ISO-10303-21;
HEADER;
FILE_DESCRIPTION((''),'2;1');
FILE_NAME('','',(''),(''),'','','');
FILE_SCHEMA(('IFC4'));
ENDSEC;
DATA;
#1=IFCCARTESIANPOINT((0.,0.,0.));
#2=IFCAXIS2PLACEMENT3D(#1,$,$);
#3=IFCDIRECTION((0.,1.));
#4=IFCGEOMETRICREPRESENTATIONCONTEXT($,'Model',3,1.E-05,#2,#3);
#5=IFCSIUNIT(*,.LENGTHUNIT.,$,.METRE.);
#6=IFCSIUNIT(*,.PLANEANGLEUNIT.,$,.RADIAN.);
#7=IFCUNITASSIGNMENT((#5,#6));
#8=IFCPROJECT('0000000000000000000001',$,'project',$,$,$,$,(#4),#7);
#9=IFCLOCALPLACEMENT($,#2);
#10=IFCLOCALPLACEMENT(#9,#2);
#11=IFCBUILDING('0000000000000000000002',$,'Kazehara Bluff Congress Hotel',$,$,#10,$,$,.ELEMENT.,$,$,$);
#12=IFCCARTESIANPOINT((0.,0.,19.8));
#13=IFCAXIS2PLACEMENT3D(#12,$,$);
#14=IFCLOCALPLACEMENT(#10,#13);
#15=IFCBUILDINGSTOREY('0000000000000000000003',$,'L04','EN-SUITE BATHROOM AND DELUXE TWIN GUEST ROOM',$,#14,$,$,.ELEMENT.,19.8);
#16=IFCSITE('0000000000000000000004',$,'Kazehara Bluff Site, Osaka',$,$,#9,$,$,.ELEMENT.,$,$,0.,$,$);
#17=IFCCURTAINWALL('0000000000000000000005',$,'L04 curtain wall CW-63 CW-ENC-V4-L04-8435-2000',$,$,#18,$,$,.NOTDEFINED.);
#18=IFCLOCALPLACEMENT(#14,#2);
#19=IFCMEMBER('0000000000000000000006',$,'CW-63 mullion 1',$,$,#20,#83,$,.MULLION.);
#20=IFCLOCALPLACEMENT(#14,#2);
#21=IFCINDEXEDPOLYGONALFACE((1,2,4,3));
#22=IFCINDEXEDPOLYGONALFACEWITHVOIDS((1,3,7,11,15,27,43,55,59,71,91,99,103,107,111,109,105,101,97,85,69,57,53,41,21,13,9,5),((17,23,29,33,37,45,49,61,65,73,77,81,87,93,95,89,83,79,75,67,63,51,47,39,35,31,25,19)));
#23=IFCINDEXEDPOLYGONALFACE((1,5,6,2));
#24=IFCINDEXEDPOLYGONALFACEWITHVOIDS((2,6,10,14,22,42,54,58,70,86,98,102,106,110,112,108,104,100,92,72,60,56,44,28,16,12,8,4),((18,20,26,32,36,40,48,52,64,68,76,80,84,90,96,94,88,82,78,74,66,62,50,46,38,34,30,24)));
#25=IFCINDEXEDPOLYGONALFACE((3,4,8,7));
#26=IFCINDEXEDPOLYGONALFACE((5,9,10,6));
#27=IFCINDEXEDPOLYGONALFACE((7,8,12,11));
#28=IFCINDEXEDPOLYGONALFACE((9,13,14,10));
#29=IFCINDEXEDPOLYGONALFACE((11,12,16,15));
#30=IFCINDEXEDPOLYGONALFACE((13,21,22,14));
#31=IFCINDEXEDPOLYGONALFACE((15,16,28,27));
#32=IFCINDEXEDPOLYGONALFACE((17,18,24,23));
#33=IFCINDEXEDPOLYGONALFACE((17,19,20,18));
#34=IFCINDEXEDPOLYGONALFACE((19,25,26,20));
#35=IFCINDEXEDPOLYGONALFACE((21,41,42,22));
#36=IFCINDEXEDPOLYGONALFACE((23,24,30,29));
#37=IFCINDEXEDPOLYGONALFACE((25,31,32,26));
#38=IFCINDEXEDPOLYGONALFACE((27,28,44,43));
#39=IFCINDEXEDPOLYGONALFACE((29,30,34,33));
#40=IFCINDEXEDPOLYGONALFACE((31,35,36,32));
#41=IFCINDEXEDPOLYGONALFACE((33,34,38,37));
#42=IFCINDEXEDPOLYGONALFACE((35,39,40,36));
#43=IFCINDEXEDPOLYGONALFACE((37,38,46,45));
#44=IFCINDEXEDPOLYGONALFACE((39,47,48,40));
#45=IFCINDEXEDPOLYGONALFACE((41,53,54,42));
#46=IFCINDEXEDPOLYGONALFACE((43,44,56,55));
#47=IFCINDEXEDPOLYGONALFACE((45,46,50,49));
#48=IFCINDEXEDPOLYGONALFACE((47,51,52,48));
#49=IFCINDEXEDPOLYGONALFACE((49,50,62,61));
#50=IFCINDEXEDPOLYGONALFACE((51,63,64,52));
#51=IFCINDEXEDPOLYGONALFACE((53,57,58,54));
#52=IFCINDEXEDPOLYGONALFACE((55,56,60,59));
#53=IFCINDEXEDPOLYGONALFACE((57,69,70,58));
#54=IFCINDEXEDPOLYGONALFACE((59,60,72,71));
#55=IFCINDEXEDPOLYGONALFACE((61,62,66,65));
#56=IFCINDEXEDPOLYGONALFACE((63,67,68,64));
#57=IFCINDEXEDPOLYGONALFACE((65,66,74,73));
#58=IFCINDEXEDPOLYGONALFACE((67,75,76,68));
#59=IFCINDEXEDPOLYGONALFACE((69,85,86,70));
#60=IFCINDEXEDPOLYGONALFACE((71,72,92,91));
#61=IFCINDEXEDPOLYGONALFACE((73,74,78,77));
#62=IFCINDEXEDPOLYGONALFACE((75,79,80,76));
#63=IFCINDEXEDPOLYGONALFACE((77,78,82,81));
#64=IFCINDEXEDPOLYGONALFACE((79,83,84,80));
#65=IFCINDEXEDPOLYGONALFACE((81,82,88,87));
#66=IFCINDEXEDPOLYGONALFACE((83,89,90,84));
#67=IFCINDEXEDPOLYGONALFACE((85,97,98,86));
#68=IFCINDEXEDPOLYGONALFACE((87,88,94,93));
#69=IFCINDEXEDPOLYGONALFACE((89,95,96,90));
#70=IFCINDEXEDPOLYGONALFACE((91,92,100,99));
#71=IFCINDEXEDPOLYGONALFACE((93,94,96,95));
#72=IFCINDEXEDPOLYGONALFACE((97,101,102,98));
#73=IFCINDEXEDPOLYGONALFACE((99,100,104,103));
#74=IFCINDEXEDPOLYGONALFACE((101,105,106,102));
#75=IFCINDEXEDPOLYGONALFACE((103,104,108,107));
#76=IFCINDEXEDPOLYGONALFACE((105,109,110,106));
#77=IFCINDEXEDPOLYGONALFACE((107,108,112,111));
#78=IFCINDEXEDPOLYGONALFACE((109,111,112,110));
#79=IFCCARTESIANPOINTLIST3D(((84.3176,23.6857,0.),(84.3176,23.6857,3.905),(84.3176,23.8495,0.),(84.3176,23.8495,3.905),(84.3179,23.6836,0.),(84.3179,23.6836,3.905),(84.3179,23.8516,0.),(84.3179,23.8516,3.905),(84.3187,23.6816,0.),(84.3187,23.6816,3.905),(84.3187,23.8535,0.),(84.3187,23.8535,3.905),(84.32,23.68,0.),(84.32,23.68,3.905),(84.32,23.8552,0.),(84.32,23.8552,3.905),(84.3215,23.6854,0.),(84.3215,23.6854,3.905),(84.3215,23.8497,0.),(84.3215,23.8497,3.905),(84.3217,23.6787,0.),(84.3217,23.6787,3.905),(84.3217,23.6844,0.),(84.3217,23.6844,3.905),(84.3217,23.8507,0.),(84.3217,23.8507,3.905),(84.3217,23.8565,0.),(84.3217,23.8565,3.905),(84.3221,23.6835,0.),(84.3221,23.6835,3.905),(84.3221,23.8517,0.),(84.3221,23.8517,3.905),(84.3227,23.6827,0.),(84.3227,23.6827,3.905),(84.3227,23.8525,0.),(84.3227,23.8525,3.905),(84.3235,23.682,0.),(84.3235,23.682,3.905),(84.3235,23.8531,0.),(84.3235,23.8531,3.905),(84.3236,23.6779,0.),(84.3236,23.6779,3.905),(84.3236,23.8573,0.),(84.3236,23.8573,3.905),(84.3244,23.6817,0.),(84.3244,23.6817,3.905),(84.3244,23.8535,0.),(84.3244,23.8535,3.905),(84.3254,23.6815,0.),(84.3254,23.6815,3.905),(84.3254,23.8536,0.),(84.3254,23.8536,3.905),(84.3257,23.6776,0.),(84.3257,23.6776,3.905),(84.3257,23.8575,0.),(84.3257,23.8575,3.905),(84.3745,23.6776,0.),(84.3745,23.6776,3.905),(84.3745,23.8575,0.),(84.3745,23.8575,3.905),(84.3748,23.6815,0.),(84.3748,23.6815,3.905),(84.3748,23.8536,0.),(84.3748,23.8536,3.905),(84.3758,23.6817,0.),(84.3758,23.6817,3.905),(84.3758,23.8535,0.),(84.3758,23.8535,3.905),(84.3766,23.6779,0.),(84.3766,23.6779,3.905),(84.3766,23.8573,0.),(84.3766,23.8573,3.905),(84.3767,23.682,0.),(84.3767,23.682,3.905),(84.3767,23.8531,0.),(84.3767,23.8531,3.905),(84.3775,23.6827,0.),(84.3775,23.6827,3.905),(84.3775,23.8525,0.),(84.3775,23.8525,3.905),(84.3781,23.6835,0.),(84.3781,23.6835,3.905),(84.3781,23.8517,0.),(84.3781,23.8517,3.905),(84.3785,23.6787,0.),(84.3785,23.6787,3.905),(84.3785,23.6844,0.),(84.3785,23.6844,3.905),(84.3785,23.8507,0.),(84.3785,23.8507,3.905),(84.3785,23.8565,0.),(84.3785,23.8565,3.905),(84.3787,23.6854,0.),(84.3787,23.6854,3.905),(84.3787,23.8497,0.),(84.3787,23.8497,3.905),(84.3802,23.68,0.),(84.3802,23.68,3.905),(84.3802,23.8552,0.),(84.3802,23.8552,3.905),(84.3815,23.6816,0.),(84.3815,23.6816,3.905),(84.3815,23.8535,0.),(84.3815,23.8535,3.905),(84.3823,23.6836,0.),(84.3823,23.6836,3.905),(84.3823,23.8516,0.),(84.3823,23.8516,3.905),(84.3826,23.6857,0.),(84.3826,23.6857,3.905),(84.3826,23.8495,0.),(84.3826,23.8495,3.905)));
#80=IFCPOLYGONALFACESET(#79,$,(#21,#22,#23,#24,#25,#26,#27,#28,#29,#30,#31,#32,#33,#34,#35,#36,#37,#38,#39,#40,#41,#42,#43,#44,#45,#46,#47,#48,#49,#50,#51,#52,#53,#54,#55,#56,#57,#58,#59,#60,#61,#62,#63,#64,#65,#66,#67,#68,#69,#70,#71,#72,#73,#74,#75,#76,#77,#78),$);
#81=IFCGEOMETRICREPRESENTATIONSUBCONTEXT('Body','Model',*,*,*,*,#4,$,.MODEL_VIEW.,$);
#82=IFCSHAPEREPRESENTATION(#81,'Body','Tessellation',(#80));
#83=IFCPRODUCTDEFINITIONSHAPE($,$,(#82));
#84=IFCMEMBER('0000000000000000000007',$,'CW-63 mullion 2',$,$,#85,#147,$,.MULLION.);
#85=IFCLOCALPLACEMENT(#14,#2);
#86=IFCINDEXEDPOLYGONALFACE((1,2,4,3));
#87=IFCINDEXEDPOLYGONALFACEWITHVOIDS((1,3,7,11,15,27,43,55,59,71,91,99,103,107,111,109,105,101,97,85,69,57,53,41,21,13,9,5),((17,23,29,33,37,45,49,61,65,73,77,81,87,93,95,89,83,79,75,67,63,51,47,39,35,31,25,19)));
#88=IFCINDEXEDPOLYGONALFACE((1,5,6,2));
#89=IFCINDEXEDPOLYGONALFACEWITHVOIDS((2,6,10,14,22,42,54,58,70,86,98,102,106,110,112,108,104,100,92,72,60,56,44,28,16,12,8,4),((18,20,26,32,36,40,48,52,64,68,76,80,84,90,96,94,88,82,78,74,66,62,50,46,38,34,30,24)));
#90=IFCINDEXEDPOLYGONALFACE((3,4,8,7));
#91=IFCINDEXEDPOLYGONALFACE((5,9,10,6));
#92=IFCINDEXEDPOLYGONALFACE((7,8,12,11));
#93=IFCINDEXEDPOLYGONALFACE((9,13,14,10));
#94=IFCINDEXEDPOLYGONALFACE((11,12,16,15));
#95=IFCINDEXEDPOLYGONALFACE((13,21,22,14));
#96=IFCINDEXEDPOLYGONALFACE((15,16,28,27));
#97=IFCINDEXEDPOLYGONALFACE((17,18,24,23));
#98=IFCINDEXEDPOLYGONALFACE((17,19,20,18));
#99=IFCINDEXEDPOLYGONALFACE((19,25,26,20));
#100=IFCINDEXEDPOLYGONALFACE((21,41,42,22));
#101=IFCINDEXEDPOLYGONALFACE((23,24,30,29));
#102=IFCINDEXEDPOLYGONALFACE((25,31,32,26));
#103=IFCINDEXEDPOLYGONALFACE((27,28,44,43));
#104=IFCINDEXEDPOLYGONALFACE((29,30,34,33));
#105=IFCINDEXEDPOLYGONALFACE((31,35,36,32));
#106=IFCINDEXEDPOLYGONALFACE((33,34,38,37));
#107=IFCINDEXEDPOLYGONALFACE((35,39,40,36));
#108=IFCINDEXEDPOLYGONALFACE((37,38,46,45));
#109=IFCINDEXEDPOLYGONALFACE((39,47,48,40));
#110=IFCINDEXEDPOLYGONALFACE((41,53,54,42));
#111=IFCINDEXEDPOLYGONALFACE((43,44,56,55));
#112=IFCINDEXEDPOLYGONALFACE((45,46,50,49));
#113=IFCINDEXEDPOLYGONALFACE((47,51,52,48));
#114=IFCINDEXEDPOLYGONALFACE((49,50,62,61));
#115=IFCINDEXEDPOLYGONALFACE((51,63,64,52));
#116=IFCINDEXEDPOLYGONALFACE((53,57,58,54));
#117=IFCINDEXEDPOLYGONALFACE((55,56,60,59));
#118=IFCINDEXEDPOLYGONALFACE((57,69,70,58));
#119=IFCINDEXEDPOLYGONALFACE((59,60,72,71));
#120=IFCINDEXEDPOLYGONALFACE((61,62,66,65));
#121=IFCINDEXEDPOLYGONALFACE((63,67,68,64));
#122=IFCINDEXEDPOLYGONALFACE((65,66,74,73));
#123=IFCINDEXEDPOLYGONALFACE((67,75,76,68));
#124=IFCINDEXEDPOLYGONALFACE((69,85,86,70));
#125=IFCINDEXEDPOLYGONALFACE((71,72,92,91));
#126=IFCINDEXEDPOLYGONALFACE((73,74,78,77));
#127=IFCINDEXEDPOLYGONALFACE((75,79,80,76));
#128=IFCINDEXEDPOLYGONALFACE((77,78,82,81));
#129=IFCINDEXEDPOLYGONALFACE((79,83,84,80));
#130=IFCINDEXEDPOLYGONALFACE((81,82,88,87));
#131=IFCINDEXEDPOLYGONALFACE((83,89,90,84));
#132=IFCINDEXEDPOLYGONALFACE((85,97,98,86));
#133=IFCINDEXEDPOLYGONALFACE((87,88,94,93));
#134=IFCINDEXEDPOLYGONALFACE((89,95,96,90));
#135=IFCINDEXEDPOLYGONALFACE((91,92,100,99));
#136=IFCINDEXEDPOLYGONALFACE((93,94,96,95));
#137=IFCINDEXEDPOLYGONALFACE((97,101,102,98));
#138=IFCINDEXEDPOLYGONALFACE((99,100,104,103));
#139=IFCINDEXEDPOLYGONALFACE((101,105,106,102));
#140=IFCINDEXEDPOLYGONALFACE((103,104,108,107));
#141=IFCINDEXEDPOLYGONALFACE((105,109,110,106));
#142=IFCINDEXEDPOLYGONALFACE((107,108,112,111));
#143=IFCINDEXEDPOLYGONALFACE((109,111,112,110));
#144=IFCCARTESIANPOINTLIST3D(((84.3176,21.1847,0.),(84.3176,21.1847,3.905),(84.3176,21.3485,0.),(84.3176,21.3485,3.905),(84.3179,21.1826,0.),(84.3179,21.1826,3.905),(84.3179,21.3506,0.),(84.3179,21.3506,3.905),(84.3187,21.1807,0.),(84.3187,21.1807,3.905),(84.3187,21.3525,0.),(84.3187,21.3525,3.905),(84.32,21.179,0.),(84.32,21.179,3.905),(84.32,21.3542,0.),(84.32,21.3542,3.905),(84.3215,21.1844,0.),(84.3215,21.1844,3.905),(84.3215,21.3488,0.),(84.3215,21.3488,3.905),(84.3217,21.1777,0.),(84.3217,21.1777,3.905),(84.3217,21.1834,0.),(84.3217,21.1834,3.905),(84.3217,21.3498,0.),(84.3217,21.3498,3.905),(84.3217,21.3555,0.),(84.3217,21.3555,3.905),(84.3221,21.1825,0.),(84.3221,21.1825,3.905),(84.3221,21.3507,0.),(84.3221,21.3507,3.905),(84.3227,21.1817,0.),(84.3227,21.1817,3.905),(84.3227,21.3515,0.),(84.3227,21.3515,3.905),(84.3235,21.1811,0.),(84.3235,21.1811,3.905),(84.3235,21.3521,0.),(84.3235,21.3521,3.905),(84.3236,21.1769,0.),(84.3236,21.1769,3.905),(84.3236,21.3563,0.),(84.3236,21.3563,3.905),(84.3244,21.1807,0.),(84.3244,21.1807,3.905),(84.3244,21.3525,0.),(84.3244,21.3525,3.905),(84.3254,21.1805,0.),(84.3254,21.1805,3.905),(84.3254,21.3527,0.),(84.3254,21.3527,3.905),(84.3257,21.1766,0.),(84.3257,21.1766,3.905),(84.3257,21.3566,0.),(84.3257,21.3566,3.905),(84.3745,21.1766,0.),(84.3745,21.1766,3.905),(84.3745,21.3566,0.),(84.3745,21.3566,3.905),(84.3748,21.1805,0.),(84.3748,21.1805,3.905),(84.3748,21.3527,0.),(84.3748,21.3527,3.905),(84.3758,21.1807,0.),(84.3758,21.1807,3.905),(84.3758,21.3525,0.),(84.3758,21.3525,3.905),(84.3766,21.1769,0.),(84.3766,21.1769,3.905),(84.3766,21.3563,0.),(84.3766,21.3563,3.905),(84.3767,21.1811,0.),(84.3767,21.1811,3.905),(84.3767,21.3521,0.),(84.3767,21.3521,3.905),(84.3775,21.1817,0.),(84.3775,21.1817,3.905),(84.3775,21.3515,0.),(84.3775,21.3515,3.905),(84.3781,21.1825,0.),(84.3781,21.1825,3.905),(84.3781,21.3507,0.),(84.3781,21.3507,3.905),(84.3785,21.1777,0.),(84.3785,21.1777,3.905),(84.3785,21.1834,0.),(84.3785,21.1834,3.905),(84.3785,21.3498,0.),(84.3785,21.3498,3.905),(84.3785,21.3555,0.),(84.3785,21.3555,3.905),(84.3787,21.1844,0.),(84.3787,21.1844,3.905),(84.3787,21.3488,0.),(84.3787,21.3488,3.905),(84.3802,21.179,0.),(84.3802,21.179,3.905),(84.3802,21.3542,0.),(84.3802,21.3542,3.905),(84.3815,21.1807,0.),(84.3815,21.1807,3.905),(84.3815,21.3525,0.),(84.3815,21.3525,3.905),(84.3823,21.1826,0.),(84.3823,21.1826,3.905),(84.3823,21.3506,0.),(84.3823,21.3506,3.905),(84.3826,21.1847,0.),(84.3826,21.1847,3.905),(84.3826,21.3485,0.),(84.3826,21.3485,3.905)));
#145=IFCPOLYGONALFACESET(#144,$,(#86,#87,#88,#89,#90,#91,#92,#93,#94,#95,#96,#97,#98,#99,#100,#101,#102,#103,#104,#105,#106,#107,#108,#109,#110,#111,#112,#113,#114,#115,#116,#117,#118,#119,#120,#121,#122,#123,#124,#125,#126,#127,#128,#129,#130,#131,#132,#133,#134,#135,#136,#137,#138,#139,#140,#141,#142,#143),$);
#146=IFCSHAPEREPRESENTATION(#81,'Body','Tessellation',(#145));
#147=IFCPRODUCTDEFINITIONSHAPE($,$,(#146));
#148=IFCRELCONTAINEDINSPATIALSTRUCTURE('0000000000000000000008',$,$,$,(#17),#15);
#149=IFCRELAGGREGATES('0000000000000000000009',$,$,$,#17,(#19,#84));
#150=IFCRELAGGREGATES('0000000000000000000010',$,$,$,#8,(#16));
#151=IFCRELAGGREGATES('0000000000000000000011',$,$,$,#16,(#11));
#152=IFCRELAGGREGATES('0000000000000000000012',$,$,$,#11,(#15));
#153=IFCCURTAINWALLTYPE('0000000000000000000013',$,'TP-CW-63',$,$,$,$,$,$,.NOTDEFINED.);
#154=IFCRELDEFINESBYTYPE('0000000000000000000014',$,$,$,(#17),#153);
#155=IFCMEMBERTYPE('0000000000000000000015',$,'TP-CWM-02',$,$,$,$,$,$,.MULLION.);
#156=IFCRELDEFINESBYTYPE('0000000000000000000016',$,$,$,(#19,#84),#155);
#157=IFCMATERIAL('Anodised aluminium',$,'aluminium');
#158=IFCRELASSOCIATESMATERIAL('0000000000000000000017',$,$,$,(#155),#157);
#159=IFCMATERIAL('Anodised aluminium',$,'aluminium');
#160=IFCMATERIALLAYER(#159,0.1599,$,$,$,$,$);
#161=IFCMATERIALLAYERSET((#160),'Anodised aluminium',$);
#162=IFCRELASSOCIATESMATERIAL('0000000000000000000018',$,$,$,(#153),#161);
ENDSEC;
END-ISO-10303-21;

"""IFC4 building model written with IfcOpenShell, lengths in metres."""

from ifc_helpers import new_model, si_unit, direction, frame, origin, origin_2d, place, context, subcontext, project, spatial, hollow_rectangle, extrude, material, layer, layer_set, material_profile, profile_set, type_object, element, aggregate, save


model = new_model("IFC4")

# Units and contexts
model_context = context("Model", 3, precision=1e-05, world=origin(), true_north=direction((0.0, 1.0)))
body_context = subcontext(model_context, "Body", "Model", "MODEL_VIEW")
ifc_project = project(units=[si_unit("LENGTHUNIT", "METRE"), si_unit("PLANEANGLEUNIT", "RADIAN")], contexts=[model_context])

# Site, building, storey
site_placement = place(None, origin())
site = spatial("IfcSite", under=ifc_project, at=site_placement, Name="Kazehara Bluff Site, Osaka", CompositionType="ELEMENT", RefElevation=0.0)
building_placement = place(site_placement, origin())
building = spatial("IfcBuilding", under=site, at=building_placement, Name="Kazehara Bluff Congress Hotel", CompositionType="ELEMENT")
storey_placement = place(building_placement, frame((0.0, 0.0, 19.8)))
storey = spatial("IfcBuildingStorey", under=building, at=storey_placement, Name="L04", Description="EN-SUITE BATHROOM AND DELUXE TWIN GUEST ROOM", CompositionType="ELEMENT", Elevation=19.8)

# Shared definitions
ifc_material_1 = material(Name="Anodised aluminium", Category="aluminium")
ifc_material_profile_1 = material_profile(ifc_material_1, hollow_rectangle(XDim=0.0649, YDim=0.1799, WallThickness=0.0039, InnerFilletRadius=0.0039, OuterFilletRadius=0.0081, at=origin_2d()))
ifc_profile_set_1 = profile_set([ifc_material_profile_1], Name="Anodised aluminium")
member_type_1 = type_object("IfcMemberType", Name="TP-CWM-02", PredefinedType="MULLION", material=ifc_profile_set_1)

# Curtain wall, members
ifc_material_2 = material(Name="Anodised aluminium", Category="aluminium")
ifc_layer_1 = layer(ifc_material_2, 0.1599)
ifc_layer_set_1 = layer_set([ifc_layer_1], Name="Anodised aluminium")
curtain_wall_type_1 = type_object("IfcCurtainWallType", Name="TP-CW-63", PredefinedType="NOTDEFINED", material=ifc_layer_set_1)
curtain_wall_1_placement = place(storey_placement, origin())
curtain_wall_1 = element("IfcCurtainWall", 1, at=curtain_wall_1_placement, inside=storey, type_object=curtain_wall_type_1, Name="L04 curtain wall CW-63 CW-ENC-V4-L04-8435-2000", PredefinedType="NOTDEFINED")
member_1_placement = place(storey_placement, frame((84.3501, 23.7676, 0.0), z_axis=(0.0, 0.0, 1.0), x_axis=(1.0, 0.0, 0.0)))
member_1 = element("IfcMember", 2, at=member_1_placement, type_object=member_type_1, Name="CW-63 mullion 1", PredefinedType="MULLION", context=body_context, shape_type="SweptSolid", body=[
    extrude(hollow_rectangle(XDim=0.0649, YDim=0.1799, WallThickness=0.0039, InnerFilletRadius=0.0039, OuterFilletRadius=0.0081, at=origin_2d()), origin(), (0.0, 0.0, 1.0), 3.905),
])
member_2_placement = place(storey_placement, frame((84.3501, 21.2666, 0.0), z_axis=(0.0, 0.0, 1.0), x_axis=(1.0, 0.0, 0.0)))
member_2 = element("IfcMember", 3, at=member_2_placement, type_object=member_type_1, Name="CW-63 mullion 2", PredefinedType="MULLION", context=body_context, shape_type="SweptSolid", body=[
    extrude(hollow_rectangle(XDim=0.0649, YDim=0.1799, WallThickness=0.0039, InnerFilletRadius=0.0039, OuterFilletRadius=0.0081, at=origin_2d()), origin(), (0.0, 0.0, 1.0), 3.905),
])

aggregate(curtain_wall_1, [member_1, member_2])

save(model, "model.ifc")
